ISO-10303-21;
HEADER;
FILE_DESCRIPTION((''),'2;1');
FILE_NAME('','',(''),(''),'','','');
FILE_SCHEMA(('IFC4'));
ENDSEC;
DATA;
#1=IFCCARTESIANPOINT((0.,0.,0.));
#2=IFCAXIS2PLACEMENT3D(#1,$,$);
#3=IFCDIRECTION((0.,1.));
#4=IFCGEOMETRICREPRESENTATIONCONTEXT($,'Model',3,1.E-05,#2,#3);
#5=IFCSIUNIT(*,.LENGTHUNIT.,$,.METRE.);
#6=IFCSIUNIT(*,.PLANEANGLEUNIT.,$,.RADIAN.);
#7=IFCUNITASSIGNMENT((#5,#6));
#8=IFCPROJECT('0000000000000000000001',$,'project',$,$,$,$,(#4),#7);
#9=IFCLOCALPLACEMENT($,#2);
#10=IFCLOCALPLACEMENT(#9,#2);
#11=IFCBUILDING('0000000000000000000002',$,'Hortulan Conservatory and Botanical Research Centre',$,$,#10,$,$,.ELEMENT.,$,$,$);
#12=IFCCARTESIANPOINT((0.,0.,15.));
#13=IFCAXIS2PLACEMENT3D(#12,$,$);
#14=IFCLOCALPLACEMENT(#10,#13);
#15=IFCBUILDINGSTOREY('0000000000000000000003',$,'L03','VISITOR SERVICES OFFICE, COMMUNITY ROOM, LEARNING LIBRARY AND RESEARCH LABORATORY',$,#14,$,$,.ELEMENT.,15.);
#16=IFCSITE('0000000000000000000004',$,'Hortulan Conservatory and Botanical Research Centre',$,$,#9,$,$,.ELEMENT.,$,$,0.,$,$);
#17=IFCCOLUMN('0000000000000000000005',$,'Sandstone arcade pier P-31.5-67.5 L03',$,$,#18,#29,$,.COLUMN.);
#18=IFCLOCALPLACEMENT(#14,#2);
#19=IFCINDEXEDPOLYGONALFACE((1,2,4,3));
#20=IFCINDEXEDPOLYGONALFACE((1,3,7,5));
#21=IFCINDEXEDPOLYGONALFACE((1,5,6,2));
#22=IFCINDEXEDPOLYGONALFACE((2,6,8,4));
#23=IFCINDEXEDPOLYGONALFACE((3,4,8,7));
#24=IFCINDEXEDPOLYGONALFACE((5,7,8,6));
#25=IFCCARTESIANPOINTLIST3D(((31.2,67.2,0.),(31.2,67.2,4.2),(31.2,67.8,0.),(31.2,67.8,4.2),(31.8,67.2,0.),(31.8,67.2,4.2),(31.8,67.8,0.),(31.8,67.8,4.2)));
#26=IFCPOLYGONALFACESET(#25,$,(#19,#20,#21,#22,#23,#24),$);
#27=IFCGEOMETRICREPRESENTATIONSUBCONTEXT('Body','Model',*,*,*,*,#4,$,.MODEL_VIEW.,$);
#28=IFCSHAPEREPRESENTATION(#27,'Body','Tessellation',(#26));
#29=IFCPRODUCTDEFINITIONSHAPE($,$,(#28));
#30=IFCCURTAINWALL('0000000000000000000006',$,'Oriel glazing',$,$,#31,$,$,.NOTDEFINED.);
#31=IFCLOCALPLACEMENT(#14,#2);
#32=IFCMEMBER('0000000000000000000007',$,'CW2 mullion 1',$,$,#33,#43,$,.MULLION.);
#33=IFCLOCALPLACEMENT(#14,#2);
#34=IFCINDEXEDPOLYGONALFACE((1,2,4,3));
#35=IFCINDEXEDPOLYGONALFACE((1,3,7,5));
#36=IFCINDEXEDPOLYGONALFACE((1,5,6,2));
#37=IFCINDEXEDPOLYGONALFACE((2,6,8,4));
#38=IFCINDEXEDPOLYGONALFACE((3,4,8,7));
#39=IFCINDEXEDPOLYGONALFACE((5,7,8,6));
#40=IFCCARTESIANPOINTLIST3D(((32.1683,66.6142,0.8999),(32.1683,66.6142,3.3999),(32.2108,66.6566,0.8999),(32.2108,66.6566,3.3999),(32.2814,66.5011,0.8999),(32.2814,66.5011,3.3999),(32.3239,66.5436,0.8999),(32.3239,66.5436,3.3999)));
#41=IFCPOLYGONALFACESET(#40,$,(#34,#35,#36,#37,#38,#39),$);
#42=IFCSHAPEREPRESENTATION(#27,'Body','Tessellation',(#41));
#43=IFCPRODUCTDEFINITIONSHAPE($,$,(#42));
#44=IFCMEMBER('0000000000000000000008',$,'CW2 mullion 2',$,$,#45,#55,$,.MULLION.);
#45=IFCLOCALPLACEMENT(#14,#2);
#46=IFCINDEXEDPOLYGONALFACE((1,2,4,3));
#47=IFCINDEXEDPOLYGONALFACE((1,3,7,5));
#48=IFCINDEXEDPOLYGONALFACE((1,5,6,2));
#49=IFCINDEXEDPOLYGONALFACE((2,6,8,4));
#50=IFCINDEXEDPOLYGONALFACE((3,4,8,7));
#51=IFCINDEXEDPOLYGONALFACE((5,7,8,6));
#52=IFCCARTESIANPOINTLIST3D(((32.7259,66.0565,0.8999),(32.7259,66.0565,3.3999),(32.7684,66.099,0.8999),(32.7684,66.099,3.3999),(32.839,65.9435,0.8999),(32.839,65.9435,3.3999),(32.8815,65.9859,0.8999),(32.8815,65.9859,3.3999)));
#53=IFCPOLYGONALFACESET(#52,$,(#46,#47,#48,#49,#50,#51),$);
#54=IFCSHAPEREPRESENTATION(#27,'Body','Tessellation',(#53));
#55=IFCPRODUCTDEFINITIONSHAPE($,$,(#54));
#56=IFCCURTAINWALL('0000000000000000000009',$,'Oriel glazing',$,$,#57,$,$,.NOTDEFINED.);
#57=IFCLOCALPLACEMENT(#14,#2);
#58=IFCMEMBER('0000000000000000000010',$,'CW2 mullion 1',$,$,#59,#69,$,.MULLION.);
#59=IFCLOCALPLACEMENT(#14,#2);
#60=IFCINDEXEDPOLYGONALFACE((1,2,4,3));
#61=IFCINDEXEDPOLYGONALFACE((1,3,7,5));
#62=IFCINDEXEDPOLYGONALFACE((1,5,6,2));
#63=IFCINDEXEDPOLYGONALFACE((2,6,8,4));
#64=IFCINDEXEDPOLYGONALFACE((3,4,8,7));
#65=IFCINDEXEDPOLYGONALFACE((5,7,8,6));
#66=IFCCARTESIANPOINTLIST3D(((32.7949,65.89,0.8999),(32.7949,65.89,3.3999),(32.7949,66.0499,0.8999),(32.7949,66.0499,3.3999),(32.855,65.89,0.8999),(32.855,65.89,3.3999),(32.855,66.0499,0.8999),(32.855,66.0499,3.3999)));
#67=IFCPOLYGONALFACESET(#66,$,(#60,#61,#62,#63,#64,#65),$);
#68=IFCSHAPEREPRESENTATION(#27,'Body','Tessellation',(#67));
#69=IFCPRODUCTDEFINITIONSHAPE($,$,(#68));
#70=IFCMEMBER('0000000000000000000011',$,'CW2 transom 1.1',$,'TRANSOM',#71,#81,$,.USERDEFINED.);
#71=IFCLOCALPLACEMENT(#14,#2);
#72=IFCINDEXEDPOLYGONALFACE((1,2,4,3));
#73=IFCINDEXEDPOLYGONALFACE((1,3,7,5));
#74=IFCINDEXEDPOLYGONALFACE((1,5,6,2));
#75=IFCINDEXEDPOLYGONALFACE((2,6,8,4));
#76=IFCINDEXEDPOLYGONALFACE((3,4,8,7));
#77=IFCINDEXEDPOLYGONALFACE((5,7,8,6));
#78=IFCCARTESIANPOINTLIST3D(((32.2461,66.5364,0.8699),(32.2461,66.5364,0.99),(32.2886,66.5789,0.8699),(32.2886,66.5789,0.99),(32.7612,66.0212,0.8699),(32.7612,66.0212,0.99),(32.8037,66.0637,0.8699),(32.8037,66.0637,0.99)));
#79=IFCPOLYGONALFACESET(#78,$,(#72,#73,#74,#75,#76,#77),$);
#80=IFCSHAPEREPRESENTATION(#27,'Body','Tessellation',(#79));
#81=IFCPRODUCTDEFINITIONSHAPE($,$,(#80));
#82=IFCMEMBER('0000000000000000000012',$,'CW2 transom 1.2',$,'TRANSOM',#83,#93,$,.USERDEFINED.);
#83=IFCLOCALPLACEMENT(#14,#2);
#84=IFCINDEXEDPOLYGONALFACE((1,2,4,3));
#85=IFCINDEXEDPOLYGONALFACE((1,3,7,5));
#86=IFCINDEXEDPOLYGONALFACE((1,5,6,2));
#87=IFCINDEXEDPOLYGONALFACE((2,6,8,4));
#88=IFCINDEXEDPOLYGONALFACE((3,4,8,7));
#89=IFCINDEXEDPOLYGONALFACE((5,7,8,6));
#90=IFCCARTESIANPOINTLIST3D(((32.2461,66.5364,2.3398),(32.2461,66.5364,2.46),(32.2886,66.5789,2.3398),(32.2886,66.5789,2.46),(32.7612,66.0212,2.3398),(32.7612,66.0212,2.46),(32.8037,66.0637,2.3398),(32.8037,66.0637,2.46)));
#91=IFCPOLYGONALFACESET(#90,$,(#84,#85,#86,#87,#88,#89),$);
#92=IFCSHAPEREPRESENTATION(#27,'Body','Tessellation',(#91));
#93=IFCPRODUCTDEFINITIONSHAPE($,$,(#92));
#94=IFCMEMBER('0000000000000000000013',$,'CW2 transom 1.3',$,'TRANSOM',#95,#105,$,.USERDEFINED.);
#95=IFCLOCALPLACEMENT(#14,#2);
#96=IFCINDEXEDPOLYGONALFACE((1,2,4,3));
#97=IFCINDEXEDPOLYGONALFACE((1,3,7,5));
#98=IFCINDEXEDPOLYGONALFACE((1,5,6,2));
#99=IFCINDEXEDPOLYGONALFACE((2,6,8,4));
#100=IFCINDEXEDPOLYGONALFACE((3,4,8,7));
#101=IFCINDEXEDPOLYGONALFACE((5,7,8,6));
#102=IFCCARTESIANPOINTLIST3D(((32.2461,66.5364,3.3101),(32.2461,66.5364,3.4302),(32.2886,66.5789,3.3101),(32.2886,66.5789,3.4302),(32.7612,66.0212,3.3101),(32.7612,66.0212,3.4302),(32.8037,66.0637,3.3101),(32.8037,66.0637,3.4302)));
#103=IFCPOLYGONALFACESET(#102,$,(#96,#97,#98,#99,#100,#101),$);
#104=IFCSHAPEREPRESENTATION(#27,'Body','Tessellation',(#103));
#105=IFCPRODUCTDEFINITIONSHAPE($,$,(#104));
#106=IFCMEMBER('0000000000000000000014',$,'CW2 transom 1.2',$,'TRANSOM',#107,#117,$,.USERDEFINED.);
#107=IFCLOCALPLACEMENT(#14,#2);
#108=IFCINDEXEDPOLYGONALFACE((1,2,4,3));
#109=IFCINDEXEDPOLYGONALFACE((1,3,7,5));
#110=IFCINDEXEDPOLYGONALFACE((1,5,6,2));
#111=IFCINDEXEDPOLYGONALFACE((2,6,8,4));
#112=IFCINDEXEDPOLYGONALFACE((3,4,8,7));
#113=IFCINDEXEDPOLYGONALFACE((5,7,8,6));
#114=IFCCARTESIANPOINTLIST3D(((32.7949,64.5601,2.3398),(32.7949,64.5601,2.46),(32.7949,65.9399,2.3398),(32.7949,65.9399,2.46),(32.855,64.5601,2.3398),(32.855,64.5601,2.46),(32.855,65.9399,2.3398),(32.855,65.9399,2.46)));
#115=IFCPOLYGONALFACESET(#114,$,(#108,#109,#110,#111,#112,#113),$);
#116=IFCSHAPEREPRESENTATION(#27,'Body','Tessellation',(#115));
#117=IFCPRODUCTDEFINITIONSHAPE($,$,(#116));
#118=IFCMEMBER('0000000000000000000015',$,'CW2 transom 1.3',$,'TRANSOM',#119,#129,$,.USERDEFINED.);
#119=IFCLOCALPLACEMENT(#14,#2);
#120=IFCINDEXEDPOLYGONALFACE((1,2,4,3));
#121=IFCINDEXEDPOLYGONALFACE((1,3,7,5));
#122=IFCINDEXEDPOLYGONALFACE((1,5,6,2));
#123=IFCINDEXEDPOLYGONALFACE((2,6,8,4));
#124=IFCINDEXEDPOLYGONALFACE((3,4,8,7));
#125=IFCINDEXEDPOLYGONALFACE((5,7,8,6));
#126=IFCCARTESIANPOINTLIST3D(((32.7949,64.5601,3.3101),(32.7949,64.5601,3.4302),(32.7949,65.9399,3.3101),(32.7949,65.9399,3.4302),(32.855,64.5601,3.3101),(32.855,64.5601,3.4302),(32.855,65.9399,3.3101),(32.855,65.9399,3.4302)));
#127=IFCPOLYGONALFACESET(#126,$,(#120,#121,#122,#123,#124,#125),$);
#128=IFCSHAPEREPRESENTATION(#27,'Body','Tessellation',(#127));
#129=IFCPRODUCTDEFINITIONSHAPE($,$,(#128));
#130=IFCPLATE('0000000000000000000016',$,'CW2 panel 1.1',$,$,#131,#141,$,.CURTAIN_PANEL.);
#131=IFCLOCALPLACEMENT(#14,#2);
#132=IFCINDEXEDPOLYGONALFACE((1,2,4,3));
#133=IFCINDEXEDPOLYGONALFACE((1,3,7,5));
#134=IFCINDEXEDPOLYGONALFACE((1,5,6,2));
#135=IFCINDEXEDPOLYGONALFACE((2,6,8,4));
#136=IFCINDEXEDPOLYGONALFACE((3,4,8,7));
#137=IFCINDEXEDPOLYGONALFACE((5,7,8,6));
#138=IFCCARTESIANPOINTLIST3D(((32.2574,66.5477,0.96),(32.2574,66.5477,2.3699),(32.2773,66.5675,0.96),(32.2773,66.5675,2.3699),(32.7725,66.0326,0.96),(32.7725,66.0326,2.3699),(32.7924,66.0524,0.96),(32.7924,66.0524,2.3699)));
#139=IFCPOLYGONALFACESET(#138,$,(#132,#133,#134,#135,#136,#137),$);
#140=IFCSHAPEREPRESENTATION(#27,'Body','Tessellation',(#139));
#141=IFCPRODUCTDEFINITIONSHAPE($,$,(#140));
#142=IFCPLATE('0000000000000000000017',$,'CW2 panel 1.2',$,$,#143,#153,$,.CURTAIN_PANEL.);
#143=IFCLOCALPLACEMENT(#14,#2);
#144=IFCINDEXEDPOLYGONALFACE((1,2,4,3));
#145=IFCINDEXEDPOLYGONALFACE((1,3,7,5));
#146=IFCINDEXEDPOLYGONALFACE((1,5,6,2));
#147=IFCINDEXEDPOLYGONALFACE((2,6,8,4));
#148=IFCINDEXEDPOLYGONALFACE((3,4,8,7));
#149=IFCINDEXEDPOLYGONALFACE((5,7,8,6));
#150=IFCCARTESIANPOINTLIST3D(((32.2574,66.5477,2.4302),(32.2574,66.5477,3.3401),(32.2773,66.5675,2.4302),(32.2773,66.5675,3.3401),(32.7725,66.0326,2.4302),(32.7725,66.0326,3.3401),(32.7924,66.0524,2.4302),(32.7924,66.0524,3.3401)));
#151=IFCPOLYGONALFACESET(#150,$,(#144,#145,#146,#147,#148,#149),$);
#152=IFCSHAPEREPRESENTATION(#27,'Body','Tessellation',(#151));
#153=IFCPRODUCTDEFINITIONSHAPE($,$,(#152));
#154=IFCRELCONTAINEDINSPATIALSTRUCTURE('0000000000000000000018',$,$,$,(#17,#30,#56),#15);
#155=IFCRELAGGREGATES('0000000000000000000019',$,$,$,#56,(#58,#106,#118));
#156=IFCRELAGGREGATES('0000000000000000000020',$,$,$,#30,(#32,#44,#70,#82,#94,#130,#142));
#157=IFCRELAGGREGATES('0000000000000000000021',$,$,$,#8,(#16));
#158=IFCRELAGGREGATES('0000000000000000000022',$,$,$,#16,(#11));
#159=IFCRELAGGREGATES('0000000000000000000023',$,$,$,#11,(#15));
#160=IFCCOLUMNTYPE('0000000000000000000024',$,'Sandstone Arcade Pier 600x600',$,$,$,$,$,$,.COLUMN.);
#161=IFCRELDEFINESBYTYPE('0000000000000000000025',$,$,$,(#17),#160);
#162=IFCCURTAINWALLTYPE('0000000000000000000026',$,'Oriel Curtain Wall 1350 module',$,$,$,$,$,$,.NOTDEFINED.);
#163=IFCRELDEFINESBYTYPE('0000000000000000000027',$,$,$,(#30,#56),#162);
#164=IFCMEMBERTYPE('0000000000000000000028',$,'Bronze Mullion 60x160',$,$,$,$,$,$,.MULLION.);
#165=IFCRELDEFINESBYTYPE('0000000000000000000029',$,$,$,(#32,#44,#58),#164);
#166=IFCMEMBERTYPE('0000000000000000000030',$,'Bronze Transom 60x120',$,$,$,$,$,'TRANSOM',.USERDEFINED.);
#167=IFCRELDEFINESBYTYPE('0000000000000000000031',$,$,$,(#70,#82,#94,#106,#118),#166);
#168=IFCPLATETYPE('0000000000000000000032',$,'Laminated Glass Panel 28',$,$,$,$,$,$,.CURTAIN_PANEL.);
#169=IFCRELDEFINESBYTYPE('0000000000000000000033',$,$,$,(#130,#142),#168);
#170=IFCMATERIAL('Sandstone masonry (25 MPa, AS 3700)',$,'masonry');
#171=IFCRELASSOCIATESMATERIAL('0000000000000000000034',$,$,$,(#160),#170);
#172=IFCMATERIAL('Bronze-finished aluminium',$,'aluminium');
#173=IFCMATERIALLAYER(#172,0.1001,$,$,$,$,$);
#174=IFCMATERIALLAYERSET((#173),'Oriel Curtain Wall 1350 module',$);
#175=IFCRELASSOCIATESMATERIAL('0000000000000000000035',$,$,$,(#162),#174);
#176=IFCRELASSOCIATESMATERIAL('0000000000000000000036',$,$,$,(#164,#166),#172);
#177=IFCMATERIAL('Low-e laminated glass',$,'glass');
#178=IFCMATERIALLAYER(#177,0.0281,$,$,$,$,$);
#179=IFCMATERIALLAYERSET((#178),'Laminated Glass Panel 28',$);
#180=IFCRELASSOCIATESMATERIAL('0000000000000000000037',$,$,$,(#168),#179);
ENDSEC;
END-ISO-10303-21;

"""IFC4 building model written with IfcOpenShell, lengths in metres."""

from ifc_helpers import new_model, si_unit, direction, frame, origin, origin_2d, place, context, subcontext, project, spatial, rectangle, extrude, material, layer, layer_set, material_profile, profile_set, type_object, element, aggregate, save


model = new_model("IFC4")

# Units and contexts
model_context = context("Model", 3, precision=1e-05, world=origin(), true_north=direction((0.0, 1.0)))
body_context = subcontext(model_context, "Body", "Model", "MODEL_VIEW")
ifc_project = project(units=[si_unit("LENGTHUNIT", "METRE"), si_unit("PLANEANGLEUNIT", "RADIAN")], contexts=[model_context])

# Site, building, storey
site_placement = place(None, origin())
site = spatial("IfcSite", under=ifc_project, at=site_placement, Name="Hortulan Conservatory and Botanical Research Centre", CompositionType="ELEMENT", RefElevation=0.0)
building_placement = place(site_placement, origin())
building = spatial("IfcBuilding", under=site, at=building_placement, Name="Hortulan Conservatory and Botanical Research Centre", CompositionType="ELEMENT")
storey_placement = place(building_placement, frame((0.0, 0.0, 15.0)))
storey = spatial("IfcBuildingStorey", under=building, at=storey_placement, Name="L03", Description="VISITOR SERVICES OFFICE, COMMUNITY ROOM, LEARNING LIBRARY AND RESEARCH LABORATORY", CompositionType="ELEMENT", Elevation=15.0)

# Column
ifc_material_1 = material(Name="Sandstone masonry (25 MPa, AS 3700)", Category="masonry")
ifc_material_profile_1 = material_profile(ifc_material_1, rectangle(XDim=0.6001, YDim=0.6001, at=origin_2d()), Name="Square pier 600")
ifc_profile_set_1 = profile_set([ifc_material_profile_1], Name="Sandstone masonry (25 MPa, AS 3700)")
column_type = type_object("IfcColumnType", Name="Sandstone Arcade Pier 600x600", PredefinedType="COLUMN", material=ifc_profile_set_1)
column_placement = place(storey_placement, frame((31.5, 67.5, 0.0), z_axis=(0.0, 0.0, 1.0), x_axis=(1.0, 0.0, 0.0)))
element("IfcColumn", 1, at=column_placement, inside=storey, type_object=column_type, Name="Sandstone arcade pier P-31.5-67.5 L03", PredefinedType="COLUMN", context=body_context, shape_type="SweptSolid", body=[
    extrude(rectangle(XDim=0.6001, YDim=0.6001, at=origin_2d()), origin(), (0.0, 0.0, 1.0), 4.2),
])

# Curtain wall, members
ifc_material_2 = material(Name="Bronze-finished aluminium", Category="aluminium")
ifc_layer_1 = layer(ifc_material_2, 0.1001)
ifc_layer_set_1 = layer_set([ifc_layer_1], Name="Oriel Curtain Wall 1350 module")
curtain_wall_type = type_object("IfcCurtainWallType", Name="Oriel Curtain Wall 1350 module", PredefinedType="NOTDEFINED", material=ifc_layer_set_1)
curtain_wall_1_placement = place(storey_placement, origin())
curtain_wall_1 = element("IfcCurtainWall", 2, at=curtain_wall_1_placement, inside=storey, type_object=curtain_wall_type, Name="Oriel glazing", PredefinedType="NOTDEFINED")
ifc_material_profile_2 = material_profile(ifc_material_2, rectangle(XDim=0.0601, YDim=0.1599, at=origin_2d()), Name="Bronze Mullion 60x160")
ifc_profile_set_2 = profile_set([ifc_material_profile_2], Name="Bronze-finished aluminium")
member_type_1 = type_object("IfcMemberType", Name="Bronze Mullion 60x160", PredefinedType="MULLION", material=ifc_profile_set_2)
member_1_placement = place(storey_placement, frame((32.2461, 66.5789, 0.8999), z_axis=(0.0, 0.0, 1.0), x_axis=(0.707107, 0.707107, 0.0)))
member_1 = element("IfcMember", 3, at=member_1_placement, type_object=member_type_1, Name="CW2 mullion 1", PredefinedType="MULLION", context=body_context, shape_type="SweptSolid", body=[
    extrude(rectangle(XDim=0.0601, YDim=0.1599, at=origin_2d()), origin(), (0.0, 0.0, 1.0), 2.5),
])
member_2_placement = place(storey_placement, frame((32.8037, 66.0212, 0.8999), z_axis=(0.0, 0.0, 1.0), x_axis=(0.707107, 0.707107, 0.0)))
member_2 = element("IfcMember", 4, at=member_2_placement, type_object=member_type_1, Name="CW2 mullion 2", PredefinedType="MULLION", context=body_context, shape_type="SweptSolid", body=[
    extrude(rectangle(XDim=0.0601, YDim=0.1599, at=origin_2d()), origin(), (0.0, 0.0, 1.0), 2.5),
])

# Curtain wall, member
curtain_wall_2_placement = place(storey_placement, origin())
curtain_wall_2 = element("IfcCurtainWall", 5, at=curtain_wall_2_placement, inside=storey, type_object=curtain_wall_type, Name="Oriel glazing", PredefinedType="NOTDEFINED")
member_3_placement = place(storey_placement, frame((32.825, 65.97, 0.8999), z_axis=(0.0, 0.0, 1.0), x_axis=(1.0, 0.0, 0.0)))
member_3 = element("IfcMember", 6, at=member_3_placement, type_object=member_type_1, Name="CW2 mullion 1", PredefinedType="MULLION", context=body_context, shape_type="SweptSolid", body=[
    extrude(rectangle(XDim=0.0601, YDim=0.1599, at=origin_2d()), origin(), (0.0, 0.0, 1.0), 2.5),
])

# Members
ifc_material_profile_3 = material_profile(ifc_material_2, rectangle(XDim=0.0601, YDim=0.1201, at=origin_2d()), Name="Bronze Transom 60x120")
ifc_profile_set_3 = profile_set([ifc_material_profile_3], Name="Bronze-finished aluminium")
member_type_2 = type_object("IfcMemberType", Name="Bronze Transom 60x120", ElementType="TRANSOM", PredefinedType="USERDEFINED", material=ifc_profile_set_3)
member_4_placement = place(storey_placement, frame((32.2673, 66.5576, 0.9299), z_axis=(0.707107, -0.707107, 0.0), x_axis=(0.707107, 0.707107, 0.0)))
member_4 = element("IfcMember", 7, at=member_4_placement, type_object=member_type_2, Name="CW2 transom 1.1", ObjectType="TRANSOM", PredefinedType="USERDEFINED", context=body_context, shape_type="SweptSolid", body=[
    extrude(rectangle(XDim=0.0601, YDim=0.1201, at=origin_2d()), origin(), (0.0, 0.0, 1.0), 0.7285),
])
member_5_placement = place(storey_placement, frame((32.2673, 66.5576, 2.3999), z_axis=(0.707107, -0.707107, 0.0), x_axis=(0.707107, 0.707107, 0.0)))
member_5 = element("IfcMember", 8, at=member_5_placement, type_object=member_type_2, Name="CW2 transom 1.2", ObjectType="TRANSOM", PredefinedType="USERDEFINED", context=body_context, shape_type="SweptSolid", body=[
    extrude(rectangle(XDim=0.0601, YDim=0.1201, at=origin_2d()), origin(), (0.0, 0.0, 1.0), 0.7285),
])
member_6_placement = place(storey_placement, frame((32.2673, 66.5576, 3.3701), z_axis=(0.707107, -0.707107, 0.0), x_axis=(0.707107, 0.707107, 0.0)))
member_6 = element("IfcMember", 9, at=member_6_placement, type_object=member_type_2, Name="CW2 transom 1.3", ObjectType="TRANSOM", PredefinedType="USERDEFINED", context=body_context, shape_type="SweptSolid", body=[
    extrude(rectangle(XDim=0.0601, YDim=0.1201, at=origin_2d()), origin(), (0.0, 0.0, 1.0), 0.7285),
])
member_7_placement = place(storey_placement, frame((32.825, 65.9399, 2.3999), z_axis=(0.0, -1.0, 0.0), x_axis=(1.0, 0.0, 0.0)))
member_7 = element("IfcMember", 10, at=member_7_placement, type_object=member_type_2, Name="CW2 transom 1.2", ObjectType="TRANSOM", PredefinedType="USERDEFINED", context=body_context, shape_type="SweptSolid", body=[
    extrude(rectangle(XDim=0.0601, YDim=0.1201, at=origin_2d()), origin(), (0.0, 0.0, 1.0), 1.3799),
])
member_8_placement = place(storey_placement, frame((32.825, 65.9399, 3.3701), z_axis=(0.0, -1.0, 0.0), x_axis=(1.0, 0.0, 0.0)))
member_8 = element("IfcMember", 11, at=member_8_placement, type_object=member_type_2, Name="CW2 transom 1.3", ObjectType="TRANSOM", PredefinedType="USERDEFINED", context=body_context, shape_type="SweptSolid", body=[
    extrude(rectangle(XDim=0.0601, YDim=0.1201, at=origin_2d()), origin(), (0.0, 0.0, 1.0), 1.3799),
])
aggregate(curtain_wall_2, [member_3, member_7, member_8])

# Plates
ifc_material_3 = material(Name="Low-e laminated glass", Category="glass")
ifc_layer_2 = layer(ifc_material_3, 0.0281)
ifc_layer_set_2 = layer_set([ifc_layer_2], Name="Laminated Glass Panel 28")
plate_type = type_object("IfcPlateType", Name="Laminated Glass Panel 28", PredefinedType="CURTAIN_PANEL", material=ifc_layer_set_2)
plate_1_placement = place(storey_placement, frame((32.5249, 66.3, 0.96), z_axis=(0.0, 0.0, 1.0), x_axis=(0.707107, -0.707107, 0.0)))
plate_1 = element("IfcPlate", 12, at=plate_1_placement, type_object=plate_type, Name="CW2 panel 1.1", PredefinedType="CURTAIN_PANEL", context=body_context, shape_type="SweptSolid", body=[
    extrude(rectangle(XDim=0.7285, YDim=0.0281, at=origin_2d()), origin(), (0.0, 0.0, 1.0), 1.4099),
])
plate_2_placement = place(storey_placement, frame((32.5249, 66.3, 2.4302), z_axis=(0.0, 0.0, 1.0), x_axis=(0.707107, -0.707107, 0.0)))
plate_2 = element("IfcPlate", 13, at=plate_2_placement, type_object=plate_type, Name="CW2 panel 1.2", PredefinedType="CURTAIN_PANEL", context=body_context, shape_type="SweptSolid", body=[
    extrude(rectangle(XDim=0.7285, YDim=0.0281, at=origin_2d()), origin(), (0.0, 0.0, 1.0), 0.9099),
])
aggregate(curtain_wall_1, [member_1, member_2, member_4, member_5, member_6, plate_1, plate_2])

save(model, "model.ifc")
